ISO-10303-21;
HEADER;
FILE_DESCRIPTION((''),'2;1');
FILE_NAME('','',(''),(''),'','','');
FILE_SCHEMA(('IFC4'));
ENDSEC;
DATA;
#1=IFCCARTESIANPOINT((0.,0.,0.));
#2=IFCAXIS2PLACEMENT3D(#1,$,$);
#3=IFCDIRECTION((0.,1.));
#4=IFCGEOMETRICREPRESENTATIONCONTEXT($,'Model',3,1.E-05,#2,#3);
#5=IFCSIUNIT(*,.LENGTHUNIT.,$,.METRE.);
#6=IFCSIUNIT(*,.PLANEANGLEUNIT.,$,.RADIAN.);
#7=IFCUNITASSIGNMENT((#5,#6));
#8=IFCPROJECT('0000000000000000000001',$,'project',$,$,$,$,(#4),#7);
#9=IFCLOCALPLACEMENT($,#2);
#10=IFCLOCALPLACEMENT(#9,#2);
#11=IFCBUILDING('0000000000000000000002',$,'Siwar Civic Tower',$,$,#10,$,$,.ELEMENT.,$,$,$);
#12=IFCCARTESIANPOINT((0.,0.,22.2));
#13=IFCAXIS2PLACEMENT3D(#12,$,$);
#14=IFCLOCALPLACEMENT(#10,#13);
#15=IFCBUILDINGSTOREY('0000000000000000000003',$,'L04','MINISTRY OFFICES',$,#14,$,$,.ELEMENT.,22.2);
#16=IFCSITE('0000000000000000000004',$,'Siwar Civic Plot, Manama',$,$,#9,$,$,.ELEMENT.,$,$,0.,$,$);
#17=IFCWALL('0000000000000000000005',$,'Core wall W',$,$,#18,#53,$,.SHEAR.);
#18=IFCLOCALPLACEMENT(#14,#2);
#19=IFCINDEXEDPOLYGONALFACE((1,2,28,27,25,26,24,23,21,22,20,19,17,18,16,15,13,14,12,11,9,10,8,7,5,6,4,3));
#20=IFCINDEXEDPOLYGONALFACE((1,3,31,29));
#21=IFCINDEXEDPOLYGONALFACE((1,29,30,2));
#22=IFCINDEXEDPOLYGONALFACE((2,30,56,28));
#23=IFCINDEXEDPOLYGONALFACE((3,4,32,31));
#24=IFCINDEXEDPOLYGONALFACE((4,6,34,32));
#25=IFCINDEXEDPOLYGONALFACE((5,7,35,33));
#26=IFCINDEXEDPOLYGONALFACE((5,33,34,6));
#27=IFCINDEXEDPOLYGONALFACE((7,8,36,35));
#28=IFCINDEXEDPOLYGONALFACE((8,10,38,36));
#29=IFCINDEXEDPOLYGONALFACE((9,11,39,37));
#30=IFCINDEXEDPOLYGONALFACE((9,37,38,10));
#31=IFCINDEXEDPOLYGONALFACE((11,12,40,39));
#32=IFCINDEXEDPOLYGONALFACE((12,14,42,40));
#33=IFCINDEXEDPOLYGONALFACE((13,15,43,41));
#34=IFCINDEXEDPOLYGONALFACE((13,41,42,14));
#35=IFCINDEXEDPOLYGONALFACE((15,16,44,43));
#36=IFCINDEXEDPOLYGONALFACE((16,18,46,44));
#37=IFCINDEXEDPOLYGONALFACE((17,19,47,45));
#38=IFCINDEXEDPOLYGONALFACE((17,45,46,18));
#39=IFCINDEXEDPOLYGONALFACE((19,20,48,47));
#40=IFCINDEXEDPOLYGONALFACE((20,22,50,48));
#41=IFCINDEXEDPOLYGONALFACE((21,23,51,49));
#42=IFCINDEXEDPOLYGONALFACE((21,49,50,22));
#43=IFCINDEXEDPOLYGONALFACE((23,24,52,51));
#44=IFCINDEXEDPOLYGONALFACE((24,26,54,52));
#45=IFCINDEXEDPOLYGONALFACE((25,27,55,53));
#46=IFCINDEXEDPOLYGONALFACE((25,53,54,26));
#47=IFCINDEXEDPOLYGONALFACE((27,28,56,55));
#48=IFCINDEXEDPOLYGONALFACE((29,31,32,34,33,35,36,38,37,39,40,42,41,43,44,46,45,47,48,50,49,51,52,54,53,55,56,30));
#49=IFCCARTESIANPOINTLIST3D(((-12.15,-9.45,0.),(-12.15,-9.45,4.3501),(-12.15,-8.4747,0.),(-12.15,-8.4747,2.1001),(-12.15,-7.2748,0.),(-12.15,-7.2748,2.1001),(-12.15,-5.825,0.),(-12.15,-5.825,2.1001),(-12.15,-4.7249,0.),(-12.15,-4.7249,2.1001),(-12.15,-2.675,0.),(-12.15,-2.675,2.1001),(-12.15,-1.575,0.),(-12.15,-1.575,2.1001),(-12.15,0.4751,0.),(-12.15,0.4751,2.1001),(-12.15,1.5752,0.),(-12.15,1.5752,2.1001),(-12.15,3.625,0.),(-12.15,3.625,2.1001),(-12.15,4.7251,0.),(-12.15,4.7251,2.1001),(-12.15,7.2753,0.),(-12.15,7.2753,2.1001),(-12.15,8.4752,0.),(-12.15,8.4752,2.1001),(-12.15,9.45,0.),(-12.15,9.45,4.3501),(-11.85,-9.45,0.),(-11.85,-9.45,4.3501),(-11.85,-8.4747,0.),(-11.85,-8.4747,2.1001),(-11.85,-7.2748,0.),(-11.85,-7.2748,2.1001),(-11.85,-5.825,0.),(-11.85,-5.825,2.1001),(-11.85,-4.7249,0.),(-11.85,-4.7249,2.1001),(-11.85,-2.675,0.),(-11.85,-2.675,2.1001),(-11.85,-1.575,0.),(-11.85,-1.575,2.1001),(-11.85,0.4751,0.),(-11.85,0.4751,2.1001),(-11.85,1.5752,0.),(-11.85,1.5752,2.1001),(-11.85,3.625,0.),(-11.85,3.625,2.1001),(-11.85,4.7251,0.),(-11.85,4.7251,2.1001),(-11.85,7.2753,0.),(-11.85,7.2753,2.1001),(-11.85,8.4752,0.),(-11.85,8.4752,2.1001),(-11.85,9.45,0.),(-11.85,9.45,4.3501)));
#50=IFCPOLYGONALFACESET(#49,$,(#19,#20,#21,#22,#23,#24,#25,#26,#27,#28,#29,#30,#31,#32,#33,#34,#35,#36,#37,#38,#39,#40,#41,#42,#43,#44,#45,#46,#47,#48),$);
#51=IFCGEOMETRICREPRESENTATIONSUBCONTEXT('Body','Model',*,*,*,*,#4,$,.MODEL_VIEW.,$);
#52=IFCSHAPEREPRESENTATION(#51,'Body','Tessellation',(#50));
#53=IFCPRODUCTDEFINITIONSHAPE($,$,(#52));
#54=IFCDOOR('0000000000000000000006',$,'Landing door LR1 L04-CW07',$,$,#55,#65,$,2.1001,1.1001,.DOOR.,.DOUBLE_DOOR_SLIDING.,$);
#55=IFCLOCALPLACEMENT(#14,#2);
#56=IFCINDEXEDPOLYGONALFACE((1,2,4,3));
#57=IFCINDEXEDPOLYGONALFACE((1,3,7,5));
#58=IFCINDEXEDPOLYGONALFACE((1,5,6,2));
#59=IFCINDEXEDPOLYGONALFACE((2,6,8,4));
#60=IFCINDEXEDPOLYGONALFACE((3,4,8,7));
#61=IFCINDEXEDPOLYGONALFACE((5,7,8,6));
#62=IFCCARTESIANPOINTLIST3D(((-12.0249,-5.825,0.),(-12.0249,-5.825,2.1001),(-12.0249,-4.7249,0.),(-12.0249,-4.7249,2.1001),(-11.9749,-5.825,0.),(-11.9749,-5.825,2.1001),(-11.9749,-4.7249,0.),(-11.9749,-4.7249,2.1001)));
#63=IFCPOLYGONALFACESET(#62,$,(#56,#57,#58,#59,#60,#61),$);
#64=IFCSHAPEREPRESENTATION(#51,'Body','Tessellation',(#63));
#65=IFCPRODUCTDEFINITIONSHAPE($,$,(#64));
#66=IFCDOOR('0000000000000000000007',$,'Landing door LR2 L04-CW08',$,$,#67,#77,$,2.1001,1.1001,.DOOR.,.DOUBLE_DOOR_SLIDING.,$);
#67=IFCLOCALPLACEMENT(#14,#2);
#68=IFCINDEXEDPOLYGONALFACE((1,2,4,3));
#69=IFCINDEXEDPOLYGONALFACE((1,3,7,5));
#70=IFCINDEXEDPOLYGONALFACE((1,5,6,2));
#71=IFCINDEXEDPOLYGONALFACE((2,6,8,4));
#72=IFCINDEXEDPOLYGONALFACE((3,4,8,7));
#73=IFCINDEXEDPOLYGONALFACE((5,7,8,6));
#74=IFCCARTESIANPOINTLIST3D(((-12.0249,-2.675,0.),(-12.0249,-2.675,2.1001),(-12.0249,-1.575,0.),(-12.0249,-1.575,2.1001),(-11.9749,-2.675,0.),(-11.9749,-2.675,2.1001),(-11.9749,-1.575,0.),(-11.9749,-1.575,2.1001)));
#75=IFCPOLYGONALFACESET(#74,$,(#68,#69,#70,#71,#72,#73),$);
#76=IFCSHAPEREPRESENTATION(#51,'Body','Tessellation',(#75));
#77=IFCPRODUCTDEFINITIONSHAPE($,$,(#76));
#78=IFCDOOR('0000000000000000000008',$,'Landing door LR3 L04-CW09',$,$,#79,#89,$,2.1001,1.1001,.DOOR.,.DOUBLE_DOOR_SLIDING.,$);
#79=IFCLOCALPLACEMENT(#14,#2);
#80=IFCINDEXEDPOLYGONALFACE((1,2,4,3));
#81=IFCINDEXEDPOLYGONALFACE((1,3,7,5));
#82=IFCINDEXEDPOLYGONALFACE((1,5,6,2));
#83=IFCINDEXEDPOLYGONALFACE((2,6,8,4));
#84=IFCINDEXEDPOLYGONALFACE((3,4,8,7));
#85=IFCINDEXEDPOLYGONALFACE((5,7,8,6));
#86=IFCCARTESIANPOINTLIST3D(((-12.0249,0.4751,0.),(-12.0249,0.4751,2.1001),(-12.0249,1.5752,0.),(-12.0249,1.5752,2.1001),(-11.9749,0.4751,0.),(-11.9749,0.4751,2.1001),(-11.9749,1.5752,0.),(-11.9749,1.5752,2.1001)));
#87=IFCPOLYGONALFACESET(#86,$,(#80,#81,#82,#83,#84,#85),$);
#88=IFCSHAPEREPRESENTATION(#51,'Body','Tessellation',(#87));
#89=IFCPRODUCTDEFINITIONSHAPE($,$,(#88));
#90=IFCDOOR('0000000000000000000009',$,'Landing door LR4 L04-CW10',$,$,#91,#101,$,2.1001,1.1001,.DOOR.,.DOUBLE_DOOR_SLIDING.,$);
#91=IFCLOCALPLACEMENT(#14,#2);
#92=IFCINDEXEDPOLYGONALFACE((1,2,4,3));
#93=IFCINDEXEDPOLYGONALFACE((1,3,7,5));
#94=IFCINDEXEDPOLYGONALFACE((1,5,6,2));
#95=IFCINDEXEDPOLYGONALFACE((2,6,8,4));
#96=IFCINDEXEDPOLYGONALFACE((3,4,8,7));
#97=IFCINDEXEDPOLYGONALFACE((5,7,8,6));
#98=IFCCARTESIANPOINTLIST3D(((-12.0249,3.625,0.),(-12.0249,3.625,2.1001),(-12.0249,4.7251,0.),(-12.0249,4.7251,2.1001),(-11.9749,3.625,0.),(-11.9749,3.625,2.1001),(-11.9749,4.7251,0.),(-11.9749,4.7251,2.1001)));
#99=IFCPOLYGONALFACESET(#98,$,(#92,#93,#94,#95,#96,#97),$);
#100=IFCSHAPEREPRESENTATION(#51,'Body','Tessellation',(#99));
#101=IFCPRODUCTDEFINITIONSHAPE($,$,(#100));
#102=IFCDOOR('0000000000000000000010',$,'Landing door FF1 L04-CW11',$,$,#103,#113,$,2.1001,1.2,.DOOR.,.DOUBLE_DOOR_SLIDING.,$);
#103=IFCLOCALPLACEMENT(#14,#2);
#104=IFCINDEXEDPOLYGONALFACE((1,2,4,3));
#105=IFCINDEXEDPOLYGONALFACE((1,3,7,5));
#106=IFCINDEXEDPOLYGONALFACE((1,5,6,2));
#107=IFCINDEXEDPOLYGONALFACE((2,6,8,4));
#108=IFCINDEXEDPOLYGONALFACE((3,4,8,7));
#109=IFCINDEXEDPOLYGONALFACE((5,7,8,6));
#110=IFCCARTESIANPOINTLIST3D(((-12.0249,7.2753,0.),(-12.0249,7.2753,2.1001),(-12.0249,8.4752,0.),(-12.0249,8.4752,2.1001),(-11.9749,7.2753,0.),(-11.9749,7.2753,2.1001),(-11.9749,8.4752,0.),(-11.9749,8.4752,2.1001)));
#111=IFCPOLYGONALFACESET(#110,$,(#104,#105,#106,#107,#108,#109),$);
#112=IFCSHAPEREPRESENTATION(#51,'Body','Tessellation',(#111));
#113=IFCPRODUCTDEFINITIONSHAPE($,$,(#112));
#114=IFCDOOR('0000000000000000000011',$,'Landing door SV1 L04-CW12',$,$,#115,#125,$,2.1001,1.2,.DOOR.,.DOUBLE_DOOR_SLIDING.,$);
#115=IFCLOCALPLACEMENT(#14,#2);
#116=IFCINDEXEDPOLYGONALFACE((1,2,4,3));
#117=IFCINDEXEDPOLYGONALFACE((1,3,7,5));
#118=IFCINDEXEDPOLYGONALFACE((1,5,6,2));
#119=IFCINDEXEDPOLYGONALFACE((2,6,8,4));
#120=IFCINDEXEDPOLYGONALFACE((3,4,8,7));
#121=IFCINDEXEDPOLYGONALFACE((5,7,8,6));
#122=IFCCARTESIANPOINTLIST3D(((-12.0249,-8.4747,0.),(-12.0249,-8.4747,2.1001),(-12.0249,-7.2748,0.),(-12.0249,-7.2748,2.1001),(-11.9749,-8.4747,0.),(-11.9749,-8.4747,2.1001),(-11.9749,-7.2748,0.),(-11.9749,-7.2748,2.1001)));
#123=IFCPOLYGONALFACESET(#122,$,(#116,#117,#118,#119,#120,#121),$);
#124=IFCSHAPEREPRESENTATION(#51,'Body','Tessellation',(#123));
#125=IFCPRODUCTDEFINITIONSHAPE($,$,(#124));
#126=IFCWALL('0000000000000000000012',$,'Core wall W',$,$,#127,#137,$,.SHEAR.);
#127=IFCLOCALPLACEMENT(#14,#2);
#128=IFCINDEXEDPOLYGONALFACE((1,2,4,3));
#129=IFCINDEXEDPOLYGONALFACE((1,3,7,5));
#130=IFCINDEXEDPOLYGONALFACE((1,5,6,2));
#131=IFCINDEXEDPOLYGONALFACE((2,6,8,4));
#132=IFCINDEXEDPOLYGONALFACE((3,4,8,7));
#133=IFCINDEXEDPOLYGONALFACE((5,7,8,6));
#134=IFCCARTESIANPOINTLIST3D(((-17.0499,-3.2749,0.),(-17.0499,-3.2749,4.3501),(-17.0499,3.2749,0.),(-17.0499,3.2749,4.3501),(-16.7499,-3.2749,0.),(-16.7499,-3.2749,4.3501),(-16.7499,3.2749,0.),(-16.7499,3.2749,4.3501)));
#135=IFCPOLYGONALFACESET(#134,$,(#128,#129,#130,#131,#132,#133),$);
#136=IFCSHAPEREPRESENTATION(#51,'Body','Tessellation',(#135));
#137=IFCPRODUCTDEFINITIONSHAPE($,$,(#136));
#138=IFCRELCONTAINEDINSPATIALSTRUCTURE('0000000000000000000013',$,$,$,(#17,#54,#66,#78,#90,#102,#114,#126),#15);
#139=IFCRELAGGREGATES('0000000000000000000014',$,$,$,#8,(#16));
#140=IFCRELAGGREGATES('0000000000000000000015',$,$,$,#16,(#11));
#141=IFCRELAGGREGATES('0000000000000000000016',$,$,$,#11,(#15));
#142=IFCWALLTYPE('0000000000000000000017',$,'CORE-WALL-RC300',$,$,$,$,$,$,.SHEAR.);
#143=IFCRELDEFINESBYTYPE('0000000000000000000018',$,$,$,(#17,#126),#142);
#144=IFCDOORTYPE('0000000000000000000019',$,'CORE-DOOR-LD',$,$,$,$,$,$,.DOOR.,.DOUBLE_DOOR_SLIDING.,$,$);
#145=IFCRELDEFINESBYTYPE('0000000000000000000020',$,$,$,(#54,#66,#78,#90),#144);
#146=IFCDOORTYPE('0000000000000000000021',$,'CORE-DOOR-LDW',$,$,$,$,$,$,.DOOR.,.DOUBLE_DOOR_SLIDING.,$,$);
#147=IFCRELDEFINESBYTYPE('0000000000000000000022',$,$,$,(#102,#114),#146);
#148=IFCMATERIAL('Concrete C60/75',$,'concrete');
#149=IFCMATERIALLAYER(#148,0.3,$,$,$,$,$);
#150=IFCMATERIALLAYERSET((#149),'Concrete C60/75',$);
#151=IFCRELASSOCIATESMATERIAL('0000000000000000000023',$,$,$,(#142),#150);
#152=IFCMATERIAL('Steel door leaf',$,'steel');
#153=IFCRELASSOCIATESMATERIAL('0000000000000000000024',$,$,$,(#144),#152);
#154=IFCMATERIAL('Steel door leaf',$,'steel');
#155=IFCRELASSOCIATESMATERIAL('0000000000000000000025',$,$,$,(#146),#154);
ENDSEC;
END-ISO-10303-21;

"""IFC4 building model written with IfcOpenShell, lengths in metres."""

from ifc_helpers import new_model, si_unit, direction, frame, frame_2d, origin, place, context, subcontext, project, spatial, rectangle, extrude, material, layer, layer_set, type_object, element, fill, save


model = new_model("IFC4")

# Units and contexts
model_context = context("Model", 3, precision=1e-05, world=origin(), true_north=direction((0.0, 1.0)))
body_context = subcontext(model_context, "Body", "Model", "MODEL_VIEW")
ifc_project = project(units=[si_unit("LENGTHUNIT", "METRE"), si_unit("PLANEANGLEUNIT", "RADIAN")], contexts=[model_context])

# Site, building, storey
site_placement = place(None, origin())
site = spatial("IfcSite", under=ifc_project, at=site_placement, Name="Siwar Civic Plot, Manama", CompositionType="ELEMENT", RefElevation=0.0)
building_placement = place(site_placement, origin())
building = spatial("IfcBuilding", under=site, at=building_placement, Name="Siwar Civic Tower", CompositionType="ELEMENT")
storey_placement = place(building_placement, frame((0.0, 0.0, 22.2)))
storey = spatial("IfcBuildingStorey", under=building, at=storey_placement, Name="L04", Description="MINISTRY OFFICES", CompositionType="ELEMENT", Elevation=22.2)

# Wall, openings, doors
ifc_material_1 = material(Name="Concrete C60/75", Category="concrete")
ifc_layer_1 = layer(ifc_material_1, 0.3)
ifc_layer_set_1 = layer_set([ifc_layer_1], Name="Concrete C60/75")
wall_type_1 = type_object("IfcWallType", Name="CORE-WALL-RC300", PredefinedType="SHEAR", material=ifc_layer_set_1)
wall_1_placement = place(storey_placement, frame((-12.0, -9.45, 0.0), z_axis=(0.0, 0.0, 1.0), x_axis=(0.0, 1.0, 0.0)))
wall_1 = element("IfcWall", 1, at=wall_1_placement, inside=storey, type_object=wall_type_1, Name="Core wall W", PredefinedType="SHEAR", context=body_context, shape_type="SweptSolid", body=[
    extrude(rectangle(XDim=18.8999, YDim=0.3, at=frame_2d((9.45, 0.0))), origin(), (0.0, 0.0, 1.0), 4.3501),
])
opening_1_placement = place(wall_1_placement, frame((3.625, 0.0, 0.0)))
opening_1 = element("IfcOpeningElement", 2, at=opening_1_placement, cuts=wall_1, PredefinedType="OPENING", context=body_context, shape_type="SweptSolid", body=[
    extrude(rectangle(XDim=1.1001, YDim=2.1001, at=frame_2d((0.55, 1.05))), frame((0.0, 0.1602, 0.0), z_axis=(0.0, -1.0, 0.0), x_axis=(1.0, 0.0, 0.0)), (0.0, 0.0, 1.0), 0.3201),
])
opening_2_placement = place(wall_1_placement, frame((6.7749, 0.0, 0.0)))
opening_2 = element("IfcOpeningElement", 3, at=opening_2_placement, cuts=wall_1, PredefinedType="OPENING", context=body_context, shape_type="SweptSolid", body=[
    extrude(rectangle(XDim=1.1001, YDim=2.1001, at=frame_2d((0.55, 1.05))), frame((0.0, 0.1602, 0.0), z_axis=(0.0, -1.0, 0.0), x_axis=(1.0, 0.0, 0.0)), (0.0, 0.0, 1.0), 0.3201),
])
opening_3_placement = place(wall_1_placement, frame((9.925, 0.0, 0.0)))
opening_3 = element("IfcOpeningElement", 4, at=opening_3_placement, cuts=wall_1, PredefinedType="OPENING", context=body_context, shape_type="SweptSolid", body=[
    extrude(rectangle(XDim=1.1001, YDim=2.1001, at=frame_2d((0.55, 1.05))), frame((0.0, 0.1602, 0.0), z_axis=(0.0, -1.0, 0.0), x_axis=(1.0, 0.0, 0.0)), (0.0, 0.0, 1.0), 0.3201),
])
opening_4_placement = place(wall_1_placement, frame((13.075, 0.0, 0.0)))
opening_4 = element("IfcOpeningElement", 5, at=opening_4_placement, cuts=wall_1, PredefinedType="OPENING", context=body_context, shape_type="SweptSolid", body=[
    extrude(rectangle(XDim=1.1001, YDim=2.1001, at=frame_2d((0.55, 1.05))), frame((0.0, 0.1602, 0.0), z_axis=(0.0, -1.0, 0.0), x_axis=(1.0, 0.0, 0.0)), (0.0, 0.0, 1.0), 0.3201),
])
opening_5_placement = place(wall_1_placement, frame((16.7251, 0.0, 0.0)))
opening_5 = element("IfcOpeningElement", 6, at=opening_5_placement, cuts=wall_1, PredefinedType="OPENING", context=body_context, shape_type="SweptSolid", body=[
    extrude(rectangle(XDim=1.2, YDim=2.1001, at=frame_2d((0.6001, 1.05))), frame((0.0, 0.1602, 0.0), z_axis=(0.0, -1.0, 0.0), x_axis=(1.0, 0.0, 0.0)), (0.0, 0.0, 1.0), 0.3201),
])
opening_6_placement = place(wall_1_placement, frame((0.9751, 0.0, 0.0)))
opening_6 = element("IfcOpeningElement", 7, at=opening_6_placement, cuts=wall_1, PredefinedType="OPENING", context=body_context, shape_type="SweptSolid", body=[
    extrude(rectangle(XDim=1.2, YDim=2.1001, at=frame_2d((0.6001, 1.05))), frame((0.0, 0.1602, 0.0), z_axis=(0.0, -1.0, 0.0), x_axis=(1.0, 0.0, 0.0)), (0.0, 0.0, 1.0), 0.3201),
])
ifc_material_2 = material(Name="Steel door leaf", Category="steel")
door_type_1 = type_object("IfcDoorType", Name="CORE-DOOR-LD", OperationType="DOUBLE_DOOR_SLIDING", PredefinedType="DOOR", material=ifc_material_2)
door_1_placement = place(opening_1_placement, origin())
door_1 = element("IfcDoor", 8, at=door_1_placement, inside=storey, type_object=door_type_1, Name="Landing door LR1 L04-CW07", OperationType="DOUBLE_DOOR_SLIDING", OverallHeight=2.1001, OverallWidth=1.1001, PredefinedType="DOOR", context=body_context, shape_type="SweptSolid", body=[
    extrude(rectangle(XDim=1.1001, YDim=2.1001, at=frame_2d((0.55, 1.05))), frame((0.0, 0.0249, 0.0), z_axis=(0.0, -1.0, 0.0), x_axis=(1.0, 0.0, 0.0)), (0.0, 0.0, 1.0), 0.05),
])
fill(opening_1, door_1)
door_2_placement = place(opening_2_placement, origin())
door_2 = element("IfcDoor", 9, at=door_2_placement, inside=storey, type_object=door_type_1, Name="Landing door LR2 L04-CW08", OperationType="DOUBLE_DOOR_SLIDING", OverallHeight=2.1001, OverallWidth=1.1001, PredefinedType="DOOR", context=body_context, shape_type="SweptSolid", body=[
    extrude(rectangle(XDim=1.1001, YDim=2.1001, at=frame_2d((0.55, 1.05))), frame((0.0, 0.0249, 0.0), z_axis=(0.0, -1.0, 0.0), x_axis=(1.0, 0.0, 0.0)), (0.0, 0.0, 1.0), 0.05),
])
fill(opening_2, door_2)
door_3_placement = place(opening_3_placement, origin())
door_3 = element("IfcDoor", 10, at=door_3_placement, inside=storey, type_object=door_type_1, Name="Landing door LR3 L04-CW09", OperationType="DOUBLE_DOOR_SLIDING", OverallHeight=2.1001, OverallWidth=1.1001, PredefinedType="DOOR", context=body_context, shape_type="SweptSolid", body=[
    extrude(rectangle(XDim=1.1001, YDim=2.1001, at=frame_2d((0.55, 1.05))), frame((0.0, 0.0249, 0.0), z_axis=(0.0, -1.0, 0.0), x_axis=(1.0, 0.0, 0.0)), (0.0, 0.0, 1.0), 0.05),
])
fill(opening_3, door_3)
door_4_placement = place(opening_4_placement, origin())
door_4 = element("IfcDoor", 11, at=door_4_placement, inside=storey, type_object=door_type_1, Name="Landing door LR4 L04-CW10", OperationType="DOUBLE_DOOR_SLIDING", OverallHeight=2.1001, OverallWidth=1.1001, PredefinedType="DOOR", context=body_context, shape_type="SweptSolid", body=[
    extrude(rectangle(XDim=1.1001, YDim=2.1001, at=frame_2d((0.55, 1.05))), frame((0.0, 0.0249, 0.0), z_axis=(0.0, -1.0, 0.0), x_axis=(1.0, 0.0, 0.0)), (0.0, 0.0, 1.0), 0.05),
])
fill(opening_4, door_4)
ifc_material_3 = material(Name="Steel door leaf", Category="steel")
door_type_2 = type_object("IfcDoorType", Name="CORE-DOOR-LDW", OperationType="DOUBLE_DOOR_SLIDING", PredefinedType="DOOR", material=ifc_material_3)
door_5_placement = place(opening_5_placement, origin())
door_5 = element("IfcDoor", 12, at=door_5_placement, inside=storey, type_object=door_type_2, Name="Landing door FF1 L04-CW11", OperationType="DOUBLE_DOOR_SLIDING", OverallHeight=2.1001, OverallWidth=1.2, PredefinedType="DOOR", context=body_context, shape_type="SweptSolid", body=[
    extrude(rectangle(XDim=1.2, YDim=2.1001, at=frame_2d((0.6001, 1.05))), frame((0.0, 0.0249, 0.0), z_axis=(0.0, -1.0, 0.0), x_axis=(1.0, 0.0, 0.0)), (0.0, 0.0, 1.0), 0.05),
])
fill(opening_5, door_5)
door_6_placement = place(opening_6_placement, origin())
door_6 = element("IfcDoor", 13, at=door_6_placement, inside=storey, type_object=door_type_2, Name="Landing door SV1 L04-CW12", OperationType="DOUBLE_DOOR_SLIDING", OverallHeight=2.1001, OverallWidth=1.2, PredefinedType="DOOR", context=body_context, shape_type="SweptSolid", body=[
    extrude(rectangle(XDim=1.2, YDim=2.1001, at=frame_2d((0.6001, 1.05))), frame((0.0, 0.0249, 0.0), z_axis=(0.0, -1.0, 0.0), x_axis=(1.0, 0.0, 0.0)), (0.0, 0.0, 1.0), 0.05),
])
fill(opening_6, door_6)

# Wall
wall_2_placement = place(storey_placement, frame((-16.8999, -3.2749, 0.0), z_axis=(0.0, 0.0, 1.0), x_axis=(0.0, 1.0, 0.0)))
element("IfcWall", 14, at=wall_2_placement, inside=storey, type_object=wall_type_1, Name="Core wall W", PredefinedType="SHEAR", context=body_context, shape_type="SweptSolid", body=[
    extrude(rectangle(XDim=6.5498, YDim=0.3, at=frame_2d((3.2749, 0.0))), origin(), (0.0, 0.0, 1.0), 4.3501),
])

save(model, "model.ifc")
